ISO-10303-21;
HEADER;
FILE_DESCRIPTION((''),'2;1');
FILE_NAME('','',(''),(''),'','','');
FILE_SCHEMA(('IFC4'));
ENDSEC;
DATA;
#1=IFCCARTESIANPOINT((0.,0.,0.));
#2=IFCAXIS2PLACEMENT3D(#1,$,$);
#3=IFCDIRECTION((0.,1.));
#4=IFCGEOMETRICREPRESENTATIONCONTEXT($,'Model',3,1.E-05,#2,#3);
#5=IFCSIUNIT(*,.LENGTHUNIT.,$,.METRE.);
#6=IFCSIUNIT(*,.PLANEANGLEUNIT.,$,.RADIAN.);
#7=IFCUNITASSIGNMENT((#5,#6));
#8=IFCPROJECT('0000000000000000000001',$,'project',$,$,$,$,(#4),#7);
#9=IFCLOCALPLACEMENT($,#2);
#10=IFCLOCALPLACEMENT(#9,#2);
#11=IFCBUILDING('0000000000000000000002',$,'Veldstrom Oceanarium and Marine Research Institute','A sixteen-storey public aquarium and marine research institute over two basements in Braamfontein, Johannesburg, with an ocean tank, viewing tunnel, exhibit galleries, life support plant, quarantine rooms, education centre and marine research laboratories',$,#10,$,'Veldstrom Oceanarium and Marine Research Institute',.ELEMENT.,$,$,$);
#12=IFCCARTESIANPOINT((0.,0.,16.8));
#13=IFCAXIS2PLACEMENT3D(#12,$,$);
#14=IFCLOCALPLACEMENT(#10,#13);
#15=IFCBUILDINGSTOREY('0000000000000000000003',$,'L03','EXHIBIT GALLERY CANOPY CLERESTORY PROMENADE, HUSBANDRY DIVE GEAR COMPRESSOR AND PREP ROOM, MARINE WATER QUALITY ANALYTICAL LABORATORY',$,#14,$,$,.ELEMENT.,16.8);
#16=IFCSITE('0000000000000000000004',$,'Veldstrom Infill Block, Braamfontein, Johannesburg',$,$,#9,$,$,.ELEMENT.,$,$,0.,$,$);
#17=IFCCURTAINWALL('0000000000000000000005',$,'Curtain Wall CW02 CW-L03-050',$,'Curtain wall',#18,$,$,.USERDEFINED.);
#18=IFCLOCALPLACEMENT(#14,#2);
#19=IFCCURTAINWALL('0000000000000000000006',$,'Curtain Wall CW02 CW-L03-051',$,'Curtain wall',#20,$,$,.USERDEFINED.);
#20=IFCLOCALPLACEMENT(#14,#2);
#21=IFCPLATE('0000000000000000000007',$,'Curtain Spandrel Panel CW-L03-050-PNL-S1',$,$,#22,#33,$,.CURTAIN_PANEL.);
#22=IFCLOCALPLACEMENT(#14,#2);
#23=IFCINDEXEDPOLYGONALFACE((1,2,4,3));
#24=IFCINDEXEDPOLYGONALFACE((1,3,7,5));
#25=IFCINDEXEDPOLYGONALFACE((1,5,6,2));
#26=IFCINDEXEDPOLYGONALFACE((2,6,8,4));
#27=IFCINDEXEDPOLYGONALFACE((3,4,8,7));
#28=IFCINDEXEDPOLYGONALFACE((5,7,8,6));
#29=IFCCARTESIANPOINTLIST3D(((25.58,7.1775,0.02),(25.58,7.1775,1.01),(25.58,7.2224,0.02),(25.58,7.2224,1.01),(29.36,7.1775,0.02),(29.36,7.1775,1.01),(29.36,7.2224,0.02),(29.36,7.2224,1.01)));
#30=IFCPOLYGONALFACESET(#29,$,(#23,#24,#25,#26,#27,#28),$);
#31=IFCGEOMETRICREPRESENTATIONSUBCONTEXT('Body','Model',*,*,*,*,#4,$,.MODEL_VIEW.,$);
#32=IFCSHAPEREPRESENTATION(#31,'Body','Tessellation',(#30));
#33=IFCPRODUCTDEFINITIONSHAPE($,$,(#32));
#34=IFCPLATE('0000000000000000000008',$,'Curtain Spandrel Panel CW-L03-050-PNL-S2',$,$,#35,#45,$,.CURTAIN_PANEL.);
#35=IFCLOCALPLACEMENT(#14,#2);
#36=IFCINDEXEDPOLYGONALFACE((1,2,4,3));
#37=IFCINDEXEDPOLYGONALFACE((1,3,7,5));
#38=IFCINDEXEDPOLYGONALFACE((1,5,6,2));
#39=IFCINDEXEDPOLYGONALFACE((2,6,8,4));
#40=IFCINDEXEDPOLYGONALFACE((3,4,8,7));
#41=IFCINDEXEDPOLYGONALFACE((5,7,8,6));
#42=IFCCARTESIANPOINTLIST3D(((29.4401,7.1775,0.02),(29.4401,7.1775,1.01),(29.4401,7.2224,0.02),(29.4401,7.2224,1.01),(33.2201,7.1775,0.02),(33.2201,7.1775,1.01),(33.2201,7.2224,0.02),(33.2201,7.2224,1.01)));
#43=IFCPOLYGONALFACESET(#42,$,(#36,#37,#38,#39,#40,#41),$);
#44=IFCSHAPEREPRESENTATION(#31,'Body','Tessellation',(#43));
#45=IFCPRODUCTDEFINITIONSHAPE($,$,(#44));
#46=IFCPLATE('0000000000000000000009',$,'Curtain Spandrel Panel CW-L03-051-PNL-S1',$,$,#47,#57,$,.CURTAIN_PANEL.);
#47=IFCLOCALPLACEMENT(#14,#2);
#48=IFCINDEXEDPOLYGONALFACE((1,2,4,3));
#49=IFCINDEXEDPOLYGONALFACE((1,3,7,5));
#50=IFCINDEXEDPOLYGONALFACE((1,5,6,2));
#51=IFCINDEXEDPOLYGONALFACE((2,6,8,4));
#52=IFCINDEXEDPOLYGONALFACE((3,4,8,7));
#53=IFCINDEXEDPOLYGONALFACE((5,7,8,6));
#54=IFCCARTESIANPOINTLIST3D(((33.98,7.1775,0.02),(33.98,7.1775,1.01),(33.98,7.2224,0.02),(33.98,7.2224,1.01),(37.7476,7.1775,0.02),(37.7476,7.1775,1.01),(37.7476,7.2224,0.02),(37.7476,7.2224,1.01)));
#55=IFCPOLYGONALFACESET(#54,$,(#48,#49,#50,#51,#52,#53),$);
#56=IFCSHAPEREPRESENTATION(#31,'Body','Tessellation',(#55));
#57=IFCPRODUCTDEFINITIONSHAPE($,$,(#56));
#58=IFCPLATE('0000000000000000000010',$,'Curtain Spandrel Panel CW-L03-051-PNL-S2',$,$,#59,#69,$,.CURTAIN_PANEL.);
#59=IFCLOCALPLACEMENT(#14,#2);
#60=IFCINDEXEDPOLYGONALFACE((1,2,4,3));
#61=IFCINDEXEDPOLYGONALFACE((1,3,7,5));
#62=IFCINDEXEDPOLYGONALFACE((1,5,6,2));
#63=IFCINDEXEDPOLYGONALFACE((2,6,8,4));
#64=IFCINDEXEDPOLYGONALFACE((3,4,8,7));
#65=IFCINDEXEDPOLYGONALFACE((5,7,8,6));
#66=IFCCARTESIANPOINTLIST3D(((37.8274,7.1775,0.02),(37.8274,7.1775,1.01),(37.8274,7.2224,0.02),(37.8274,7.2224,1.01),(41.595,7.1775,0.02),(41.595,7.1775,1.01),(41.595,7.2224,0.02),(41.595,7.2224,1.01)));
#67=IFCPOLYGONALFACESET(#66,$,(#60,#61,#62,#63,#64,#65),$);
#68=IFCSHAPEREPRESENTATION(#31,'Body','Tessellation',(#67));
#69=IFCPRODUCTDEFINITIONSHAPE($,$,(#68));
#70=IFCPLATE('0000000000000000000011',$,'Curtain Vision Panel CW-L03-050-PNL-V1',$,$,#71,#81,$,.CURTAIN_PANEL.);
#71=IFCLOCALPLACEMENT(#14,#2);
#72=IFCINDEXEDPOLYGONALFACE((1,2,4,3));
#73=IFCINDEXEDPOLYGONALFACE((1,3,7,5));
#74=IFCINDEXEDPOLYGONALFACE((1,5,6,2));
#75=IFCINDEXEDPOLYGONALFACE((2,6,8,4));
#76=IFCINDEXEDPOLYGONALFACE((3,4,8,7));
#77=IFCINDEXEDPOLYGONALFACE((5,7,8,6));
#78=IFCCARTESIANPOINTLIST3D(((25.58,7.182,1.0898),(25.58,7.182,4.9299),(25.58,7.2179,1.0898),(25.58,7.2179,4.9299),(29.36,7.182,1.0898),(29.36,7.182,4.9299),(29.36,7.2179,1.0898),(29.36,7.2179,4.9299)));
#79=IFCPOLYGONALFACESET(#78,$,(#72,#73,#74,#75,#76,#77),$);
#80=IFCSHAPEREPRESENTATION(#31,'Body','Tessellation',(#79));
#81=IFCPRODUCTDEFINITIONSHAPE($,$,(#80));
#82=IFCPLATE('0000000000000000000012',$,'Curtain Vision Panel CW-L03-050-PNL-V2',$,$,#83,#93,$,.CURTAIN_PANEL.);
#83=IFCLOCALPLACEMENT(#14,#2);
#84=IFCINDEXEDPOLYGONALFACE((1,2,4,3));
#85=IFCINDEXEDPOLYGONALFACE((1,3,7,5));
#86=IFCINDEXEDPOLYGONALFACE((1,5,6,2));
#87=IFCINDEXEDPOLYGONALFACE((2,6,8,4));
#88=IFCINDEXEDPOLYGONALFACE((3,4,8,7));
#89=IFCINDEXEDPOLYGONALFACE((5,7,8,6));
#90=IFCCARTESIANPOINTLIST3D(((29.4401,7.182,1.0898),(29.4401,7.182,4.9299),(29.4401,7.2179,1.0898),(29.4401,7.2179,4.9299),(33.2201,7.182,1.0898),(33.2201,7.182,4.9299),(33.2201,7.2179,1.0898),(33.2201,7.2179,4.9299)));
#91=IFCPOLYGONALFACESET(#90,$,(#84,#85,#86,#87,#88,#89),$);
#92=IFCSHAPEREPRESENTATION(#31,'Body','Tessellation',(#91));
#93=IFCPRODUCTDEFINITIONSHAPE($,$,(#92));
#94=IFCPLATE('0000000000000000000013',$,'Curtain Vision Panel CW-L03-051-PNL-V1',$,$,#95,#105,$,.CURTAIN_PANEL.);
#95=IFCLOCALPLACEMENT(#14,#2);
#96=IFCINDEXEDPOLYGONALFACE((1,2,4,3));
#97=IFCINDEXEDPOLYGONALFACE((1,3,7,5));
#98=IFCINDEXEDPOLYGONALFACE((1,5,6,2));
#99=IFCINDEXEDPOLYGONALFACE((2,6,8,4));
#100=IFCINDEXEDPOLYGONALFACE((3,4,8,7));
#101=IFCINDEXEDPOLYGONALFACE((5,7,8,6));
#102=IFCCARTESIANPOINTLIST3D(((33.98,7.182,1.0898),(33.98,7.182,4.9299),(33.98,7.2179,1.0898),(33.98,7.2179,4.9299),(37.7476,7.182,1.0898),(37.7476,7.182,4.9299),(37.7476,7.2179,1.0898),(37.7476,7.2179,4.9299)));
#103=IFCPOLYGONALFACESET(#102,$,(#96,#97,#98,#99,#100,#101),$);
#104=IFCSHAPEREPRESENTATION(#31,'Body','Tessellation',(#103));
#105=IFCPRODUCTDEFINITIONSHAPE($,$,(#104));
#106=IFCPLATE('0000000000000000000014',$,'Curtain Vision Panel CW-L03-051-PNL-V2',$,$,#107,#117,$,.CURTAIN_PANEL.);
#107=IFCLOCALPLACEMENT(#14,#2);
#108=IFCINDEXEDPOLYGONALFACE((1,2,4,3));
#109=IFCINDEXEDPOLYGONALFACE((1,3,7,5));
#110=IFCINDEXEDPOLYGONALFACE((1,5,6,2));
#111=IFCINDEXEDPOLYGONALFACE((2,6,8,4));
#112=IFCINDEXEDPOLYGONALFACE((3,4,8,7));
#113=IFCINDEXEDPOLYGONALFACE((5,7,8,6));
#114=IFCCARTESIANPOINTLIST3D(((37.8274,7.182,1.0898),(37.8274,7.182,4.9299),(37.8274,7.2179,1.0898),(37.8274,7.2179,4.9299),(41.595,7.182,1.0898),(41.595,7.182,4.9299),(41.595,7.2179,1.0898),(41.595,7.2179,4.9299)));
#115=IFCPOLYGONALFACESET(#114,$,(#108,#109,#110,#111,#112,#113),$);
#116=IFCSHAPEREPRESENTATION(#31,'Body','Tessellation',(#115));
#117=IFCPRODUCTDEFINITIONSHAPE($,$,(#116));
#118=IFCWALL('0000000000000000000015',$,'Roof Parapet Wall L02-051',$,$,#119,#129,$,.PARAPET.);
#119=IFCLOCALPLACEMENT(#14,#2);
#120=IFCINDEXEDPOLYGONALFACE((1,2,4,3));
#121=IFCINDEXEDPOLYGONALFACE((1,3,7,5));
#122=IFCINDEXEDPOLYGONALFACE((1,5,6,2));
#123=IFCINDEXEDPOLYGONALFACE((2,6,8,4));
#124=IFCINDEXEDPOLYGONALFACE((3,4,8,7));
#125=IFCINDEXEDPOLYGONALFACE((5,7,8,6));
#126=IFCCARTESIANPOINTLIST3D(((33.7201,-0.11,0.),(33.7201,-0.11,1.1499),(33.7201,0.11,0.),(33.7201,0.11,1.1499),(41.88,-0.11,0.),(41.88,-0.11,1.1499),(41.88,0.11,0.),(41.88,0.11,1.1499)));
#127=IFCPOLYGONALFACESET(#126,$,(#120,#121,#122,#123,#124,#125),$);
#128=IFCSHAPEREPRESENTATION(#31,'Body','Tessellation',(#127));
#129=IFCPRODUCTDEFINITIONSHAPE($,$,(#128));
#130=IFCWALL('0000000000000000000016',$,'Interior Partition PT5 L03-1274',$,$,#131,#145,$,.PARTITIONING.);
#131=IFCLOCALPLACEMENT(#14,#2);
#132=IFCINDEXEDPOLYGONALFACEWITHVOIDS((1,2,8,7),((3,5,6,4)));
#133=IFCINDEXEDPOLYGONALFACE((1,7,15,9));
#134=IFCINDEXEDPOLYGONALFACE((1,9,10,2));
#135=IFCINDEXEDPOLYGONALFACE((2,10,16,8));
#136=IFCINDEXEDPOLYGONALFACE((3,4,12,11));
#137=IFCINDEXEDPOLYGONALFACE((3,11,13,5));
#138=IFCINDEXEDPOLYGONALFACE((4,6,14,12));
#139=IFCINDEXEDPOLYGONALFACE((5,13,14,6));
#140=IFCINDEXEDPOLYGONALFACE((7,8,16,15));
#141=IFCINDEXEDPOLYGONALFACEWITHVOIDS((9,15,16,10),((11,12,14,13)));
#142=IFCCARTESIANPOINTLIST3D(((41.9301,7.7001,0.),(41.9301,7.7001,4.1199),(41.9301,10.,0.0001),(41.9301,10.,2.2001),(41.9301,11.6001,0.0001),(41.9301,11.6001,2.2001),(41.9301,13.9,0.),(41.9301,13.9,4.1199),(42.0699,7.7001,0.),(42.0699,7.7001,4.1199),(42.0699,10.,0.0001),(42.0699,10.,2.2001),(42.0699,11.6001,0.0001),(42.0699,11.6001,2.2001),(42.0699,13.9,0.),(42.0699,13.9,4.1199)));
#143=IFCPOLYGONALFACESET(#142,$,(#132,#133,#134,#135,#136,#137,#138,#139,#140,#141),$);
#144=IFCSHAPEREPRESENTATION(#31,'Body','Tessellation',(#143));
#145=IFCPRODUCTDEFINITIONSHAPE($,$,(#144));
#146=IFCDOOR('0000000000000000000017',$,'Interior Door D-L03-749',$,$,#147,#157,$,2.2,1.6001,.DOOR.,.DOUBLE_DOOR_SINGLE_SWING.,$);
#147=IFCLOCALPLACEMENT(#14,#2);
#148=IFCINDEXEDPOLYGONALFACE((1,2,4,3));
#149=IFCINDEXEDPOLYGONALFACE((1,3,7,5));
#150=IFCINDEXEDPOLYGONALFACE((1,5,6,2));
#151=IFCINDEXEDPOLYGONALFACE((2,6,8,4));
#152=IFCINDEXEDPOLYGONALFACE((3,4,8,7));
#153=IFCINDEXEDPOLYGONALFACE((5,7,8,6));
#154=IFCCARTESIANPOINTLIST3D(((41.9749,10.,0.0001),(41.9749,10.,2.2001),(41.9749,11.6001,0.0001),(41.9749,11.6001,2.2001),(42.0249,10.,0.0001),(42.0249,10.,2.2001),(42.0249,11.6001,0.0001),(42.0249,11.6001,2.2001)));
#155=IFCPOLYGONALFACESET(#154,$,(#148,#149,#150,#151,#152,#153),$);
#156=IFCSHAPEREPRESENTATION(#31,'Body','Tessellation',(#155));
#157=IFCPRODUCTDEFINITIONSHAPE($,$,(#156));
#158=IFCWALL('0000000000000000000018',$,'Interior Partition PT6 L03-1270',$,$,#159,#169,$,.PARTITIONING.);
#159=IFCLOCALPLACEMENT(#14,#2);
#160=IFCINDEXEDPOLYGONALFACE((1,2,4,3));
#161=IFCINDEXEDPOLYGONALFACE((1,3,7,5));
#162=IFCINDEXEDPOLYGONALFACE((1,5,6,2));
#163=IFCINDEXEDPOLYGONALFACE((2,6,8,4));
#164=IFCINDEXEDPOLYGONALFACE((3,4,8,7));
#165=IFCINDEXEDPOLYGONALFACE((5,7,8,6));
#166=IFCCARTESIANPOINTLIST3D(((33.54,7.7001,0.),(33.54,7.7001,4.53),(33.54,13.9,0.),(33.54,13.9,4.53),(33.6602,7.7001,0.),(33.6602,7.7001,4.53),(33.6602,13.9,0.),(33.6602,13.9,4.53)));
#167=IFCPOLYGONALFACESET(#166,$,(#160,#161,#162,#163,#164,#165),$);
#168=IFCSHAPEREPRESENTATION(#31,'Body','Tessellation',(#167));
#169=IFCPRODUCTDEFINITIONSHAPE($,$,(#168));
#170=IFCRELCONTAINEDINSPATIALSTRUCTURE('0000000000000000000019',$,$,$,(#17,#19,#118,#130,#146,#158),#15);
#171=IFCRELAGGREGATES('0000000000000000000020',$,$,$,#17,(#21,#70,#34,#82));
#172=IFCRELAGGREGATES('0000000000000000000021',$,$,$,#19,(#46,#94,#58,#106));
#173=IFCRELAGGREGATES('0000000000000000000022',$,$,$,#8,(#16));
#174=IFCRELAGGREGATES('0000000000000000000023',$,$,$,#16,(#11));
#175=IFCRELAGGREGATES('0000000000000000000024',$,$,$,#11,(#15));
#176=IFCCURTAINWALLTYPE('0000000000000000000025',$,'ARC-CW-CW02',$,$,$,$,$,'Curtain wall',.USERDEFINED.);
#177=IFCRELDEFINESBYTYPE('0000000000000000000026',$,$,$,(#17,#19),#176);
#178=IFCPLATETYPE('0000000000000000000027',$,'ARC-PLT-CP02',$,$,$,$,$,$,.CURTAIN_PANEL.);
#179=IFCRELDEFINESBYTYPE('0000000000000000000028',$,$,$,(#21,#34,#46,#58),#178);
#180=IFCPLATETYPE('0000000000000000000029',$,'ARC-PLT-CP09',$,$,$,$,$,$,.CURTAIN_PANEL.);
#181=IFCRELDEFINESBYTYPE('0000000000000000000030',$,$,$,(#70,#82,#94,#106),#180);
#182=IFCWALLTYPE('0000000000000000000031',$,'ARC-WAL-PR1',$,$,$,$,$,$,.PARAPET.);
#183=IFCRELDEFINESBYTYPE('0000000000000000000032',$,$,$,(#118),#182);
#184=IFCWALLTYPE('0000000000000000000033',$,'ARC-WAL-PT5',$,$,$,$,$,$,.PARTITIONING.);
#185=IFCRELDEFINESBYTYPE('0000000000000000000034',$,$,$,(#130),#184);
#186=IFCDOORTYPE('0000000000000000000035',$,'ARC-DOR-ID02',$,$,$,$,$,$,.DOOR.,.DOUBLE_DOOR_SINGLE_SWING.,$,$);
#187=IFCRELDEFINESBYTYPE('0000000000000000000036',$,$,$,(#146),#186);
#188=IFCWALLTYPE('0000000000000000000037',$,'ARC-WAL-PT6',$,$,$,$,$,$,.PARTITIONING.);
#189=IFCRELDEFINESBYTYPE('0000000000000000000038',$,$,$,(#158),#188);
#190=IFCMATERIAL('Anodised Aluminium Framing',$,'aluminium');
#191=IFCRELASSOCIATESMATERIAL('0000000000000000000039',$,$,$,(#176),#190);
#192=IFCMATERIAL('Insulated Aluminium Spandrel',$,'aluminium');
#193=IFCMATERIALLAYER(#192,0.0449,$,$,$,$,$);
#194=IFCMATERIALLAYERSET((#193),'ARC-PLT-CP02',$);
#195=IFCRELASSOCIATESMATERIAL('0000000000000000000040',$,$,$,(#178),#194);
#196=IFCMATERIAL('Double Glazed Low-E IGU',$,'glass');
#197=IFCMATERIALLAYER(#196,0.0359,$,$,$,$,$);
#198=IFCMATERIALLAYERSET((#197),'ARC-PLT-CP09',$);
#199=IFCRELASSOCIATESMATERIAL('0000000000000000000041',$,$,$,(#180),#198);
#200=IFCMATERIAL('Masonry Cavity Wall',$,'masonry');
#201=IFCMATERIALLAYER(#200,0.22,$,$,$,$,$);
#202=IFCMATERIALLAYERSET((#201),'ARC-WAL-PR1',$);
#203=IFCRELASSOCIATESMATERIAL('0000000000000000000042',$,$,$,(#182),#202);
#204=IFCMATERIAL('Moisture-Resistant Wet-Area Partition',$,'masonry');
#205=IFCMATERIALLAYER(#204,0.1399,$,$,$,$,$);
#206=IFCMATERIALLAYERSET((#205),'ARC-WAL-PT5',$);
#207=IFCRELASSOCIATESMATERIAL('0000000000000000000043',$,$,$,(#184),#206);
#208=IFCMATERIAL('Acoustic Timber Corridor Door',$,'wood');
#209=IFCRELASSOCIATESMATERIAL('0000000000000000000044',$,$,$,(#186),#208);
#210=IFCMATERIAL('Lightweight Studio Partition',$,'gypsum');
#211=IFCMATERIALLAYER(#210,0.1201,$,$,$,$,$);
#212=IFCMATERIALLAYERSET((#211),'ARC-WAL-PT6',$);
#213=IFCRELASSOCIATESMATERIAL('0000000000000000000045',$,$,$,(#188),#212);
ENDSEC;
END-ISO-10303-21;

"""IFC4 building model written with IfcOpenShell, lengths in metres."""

from ifc_helpers import new_model, si_unit, direction, frame, frame_2d, origin, origin_2d, place, context, subcontext, project, spatial, rectangle, extrude, material, layer, layer_set, type_object, element, fill, aggregate, save


model = new_model("IFC4")

# Units and contexts
model_context = context("Model", 3, precision=1e-05, world=origin(), true_north=direction((0.0, 1.0)))
body_context = subcontext(model_context, "Body", "Model", "MODEL_VIEW")
ifc_project = project(units=[si_unit("LENGTHUNIT", "METRE"), si_unit("PLANEANGLEUNIT", "RADIAN")], contexts=[model_context])

# Site, building, storey
site_placement = place(None, origin())
site = spatial("IfcSite", under=ifc_project, at=site_placement, Name="Veldstrom Infill Block, Braamfontein, Johannesburg", CompositionType="ELEMENT", RefElevation=0.0)
building_placement = place(site_placement, origin())
building = spatial("IfcBuilding", under=site, at=building_placement, Name="Veldstrom Oceanarium and Marine Research Institute", Description="A sixteen-storey public aquarium and marine research institute over two basements in Braamfontein, Johannesburg, with an ocean tank, viewing tunnel, exhibit galleries, life support plant, quarantine rooms, education centre and marine research laboratories", LongName="Veldstrom Oceanarium and Marine Research Institute", CompositionType="ELEMENT")
storey_placement = place(building_placement, frame((0.0, 0.0, 16.8)))
storey = spatial("IfcBuildingStorey", under=building, at=storey_placement, Name="L03", Description="EXHIBIT GALLERY CANOPY CLERESTORY PROMENADE, HUSBANDRY DIVE GEAR COMPRESSOR AND PREP ROOM, MARINE WATER QUALITY ANALYTICAL LABORATORY", CompositionType="ELEMENT", Elevation=16.8)

# Curtain walls
ifc_material_1 = material(Name="Anodised Aluminium Framing", Category="aluminium")
curtain_wall_type = type_object("IfcCurtainWallType", Name="ARC-CW-CW02", ElementType="Curtain wall", PredefinedType="USERDEFINED", material=ifc_material_1)
curtain_wall_1_placement = place(storey_placement, origin())
curtain_wall_1 = element("IfcCurtainWall", 1, at=curtain_wall_1_placement, inside=storey, type_object=curtain_wall_type, Name="Curtain Wall CW02 CW-L03-050", ObjectType="Curtain wall", PredefinedType="USERDEFINED")
curtain_wall_2_placement = place(storey_placement, origin())
curtain_wall_2 = element("IfcCurtainWall", 2, at=curtain_wall_2_placement, inside=storey, type_object=curtain_wall_type, Name="Curtain Wall CW02 CW-L03-051", ObjectType="Curtain wall", PredefinedType="USERDEFINED")

# Plates
ifc_material_2 = material(Name="Insulated Aluminium Spandrel", Category="aluminium")
ifc_layer_1 = layer(ifc_material_2, 0.0449)
ifc_layer_set_1 = layer_set([ifc_layer_1], Name="ARC-PLT-CP02")
plate_type_1 = type_object("IfcPlateType", Name="ARC-PLT-CP02", PredefinedType="CURTAIN_PANEL", material=ifc_layer_set_1)
plate_1_placement = place(storey_placement, frame((27.47, 7.2, 0.02), z_axis=(0.0, 0.0, 1.0), x_axis=(1.0, 0.0, 0.0)))
plate_1 = element("IfcPlate", 3, at=plate_1_placement, type_object=plate_type_1, Name="Curtain Spandrel Panel CW-L03-050-PNL-S1", PredefinedType="CURTAIN_PANEL", context=body_context, shape_type="SweptSolid", body=[
    extrude(rectangle(XDim=3.78, YDim=0.0449, at=origin_2d()), origin(), (0.0, 0.0, 1.0), 0.99),
])
plate_2_placement = place(storey_placement, frame((31.3301, 7.2, 0.02), z_axis=(0.0, 0.0, 1.0), x_axis=(1.0, 0.0, 0.0)))
plate_2 = element("IfcPlate", 4, at=plate_2_placement, type_object=plate_type_1, Name="Curtain Spandrel Panel CW-L03-050-PNL-S2", PredefinedType="CURTAIN_PANEL", context=body_context, shape_type="SweptSolid", body=[
    extrude(rectangle(XDim=3.78, YDim=0.0449, at=origin_2d()), origin(), (0.0, 0.0, 1.0), 0.99),
])
plate_3_placement = place(storey_placement, frame((35.8638, 7.2, 0.02), z_axis=(0.0, 0.0, 1.0), x_axis=(1.0, 0.0, 0.0)))
plate_3 = element("IfcPlate", 5, at=plate_3_placement, type_object=plate_type_1, Name="Curtain Spandrel Panel CW-L03-051-PNL-S1", PredefinedType="CURTAIN_PANEL", context=body_context, shape_type="SweptSolid", body=[
    extrude(rectangle(XDim=3.7676, YDim=0.0449, at=origin_2d()), origin(), (0.0, 0.0, 1.0), 0.99),
])
plate_4_placement = place(storey_placement, frame((39.7112, 7.2, 0.02), z_axis=(0.0, 0.0, 1.0), x_axis=(1.0, 0.0, 0.0)))
plate_4 = element("IfcPlate", 6, at=plate_4_placement, type_object=plate_type_1, Name="Curtain Spandrel Panel CW-L03-051-PNL-S2", PredefinedType="CURTAIN_PANEL", context=body_context, shape_type="SweptSolid", body=[
    extrude(rectangle(XDim=3.7676, YDim=0.0449, at=origin_2d()), origin(), (0.0, 0.0, 1.0), 0.99),
])
ifc_material_3 = material(Name="Double Glazed Low-E IGU", Category="glass")
ifc_layer_2 = layer(ifc_material_3, 0.0359)
ifc_layer_set_2 = layer_set([ifc_layer_2], Name="ARC-PLT-CP09")
plate_type_2 = type_object("IfcPlateType", Name="ARC-PLT-CP09", PredefinedType="CURTAIN_PANEL", material=ifc_layer_set_2)
plate_5_placement = place(storey_placement, frame((27.47, 7.2, 1.0898), z_axis=(0.0, 0.0, 1.0), x_axis=(1.0, 0.0, 0.0)))
plate_5 = element("IfcPlate", 7, at=plate_5_placement, type_object=plate_type_2, Name="Curtain Vision Panel CW-L03-050-PNL-V1", PredefinedType="CURTAIN_PANEL", context=body_context, shape_type="SweptSolid", body=[
    extrude(rectangle(XDim=3.78, YDim=0.0359, at=origin_2d()), origin(), (0.0, 0.0, 1.0), 3.8401),
])
plate_6_placement = place(storey_placement, frame((31.3301, 7.2, 1.0898), z_axis=(0.0, 0.0, 1.0), x_axis=(1.0, 0.0, 0.0)))
plate_6 = element("IfcPlate", 8, at=plate_6_placement, type_object=plate_type_2, Name="Curtain Vision Panel CW-L03-050-PNL-V2", PredefinedType="CURTAIN_PANEL", context=body_context, shape_type="SweptSolid", body=[
    extrude(rectangle(XDim=3.78, YDim=0.0359, at=origin_2d()), origin(), (0.0, 0.0, 1.0), 3.8401),
])
aggregate(curtain_wall_1, [plate_1, plate_5, plate_2, plate_6])
plate_7_placement = place(storey_placement, frame((35.8638, 7.2, 1.0898), z_axis=(0.0, 0.0, 1.0), x_axis=(1.0, 0.0, 0.0)))
plate_7 = element("IfcPlate", 9, at=plate_7_placement, type_object=plate_type_2, Name="Curtain Vision Panel CW-L03-051-PNL-V1", PredefinedType="CURTAIN_PANEL", context=body_context, shape_type="SweptSolid", body=[
    extrude(rectangle(XDim=3.7676, YDim=0.0359, at=origin_2d()), origin(), (0.0, 0.0, 1.0), 3.8401),
])
plate_8_placement = place(storey_placement, frame((39.7112, 7.2, 1.0898), z_axis=(0.0, 0.0, 1.0), x_axis=(1.0, 0.0, 0.0)))
plate_8 = element("IfcPlate", 10, at=plate_8_placement, type_object=plate_type_2, Name="Curtain Vision Panel CW-L03-051-PNL-V2", PredefinedType="CURTAIN_PANEL", context=body_context, shape_type="SweptSolid", body=[
    extrude(rectangle(XDim=3.7676, YDim=0.0359, at=origin_2d()), origin(), (0.0, 0.0, 1.0), 3.8401),
])
aggregate(curtain_wall_2, [plate_3, plate_7, plate_4, plate_8])

# Wall
ifc_material_4 = material(Name="Masonry Cavity Wall", Category="masonry")
ifc_layer_3 = layer(ifc_material_4, 0.22)
ifc_layer_set_3 = layer_set([ifc_layer_3], Name="ARC-WAL-PR1")
wall_type_1 = type_object("IfcWallType", Name="ARC-WAL-PR1", PredefinedType="PARAPET", material=ifc_layer_set_3)
wall_1_placement = place(storey_placement, frame((33.72, 0.0, 0.0), z_axis=(0.0, 0.0, 1.0), x_axis=(1.0, 0.0, 0.0)))
element("IfcWall", 11, at=wall_1_placement, inside=storey, type_object=wall_type_1, Name="Roof Parapet Wall L02-051", PredefinedType="PARAPET", context=body_context, shape_type="SweptSolid", body=[
    extrude(rectangle(XDim=8.1599, YDim=0.22, at=frame_2d((4.0801, 0.0))), origin(), (0.0, 0.0, 1.0), 1.1499),
])

# Wall, opening, door
ifc_material_5 = material(Name="Moisture-Resistant Wet-Area Partition", Category="masonry")
ifc_layer_4 = layer(ifc_material_5, 0.1399)
ifc_layer_set_4 = layer_set([ifc_layer_4], Name="ARC-WAL-PT5")
wall_type_2 = type_object("IfcWallType", Name="ARC-WAL-PT5", PredefinedType="PARTITIONING", material=ifc_layer_set_4)
wall_2_placement = place(storey_placement, frame((42.0, 7.7, 0.0), z_axis=(0.0, 0.0, 1.0), x_axis=(0.0, 1.0, 0.0)))
wall_2 = element("IfcWall", 12, at=wall_2_placement, inside=storey, type_object=wall_type_2, Name="Interior Partition PT5 L03-1274", PredefinedType="PARTITIONING", context=body_context, shape_type="SweptSolid", body=[
    extrude(rectangle(XDim=6.2, YDim=0.1399, at=frame_2d((3.1001, 0.0))), origin(), (0.0, 0.0, 1.0), 4.1199),
])
opening_placement = place(wall_2_placement, frame((2.3, 0.0, 0.0)))
opening = element("IfcOpeningElement", 13, at=opening_placement, cuts=wall_2, PredefinedType="OPENING", context=body_context, shape_type="SweptSolid", body=[
    extrude(rectangle(XDim=1.6001, YDim=2.2, at=frame_2d((0.8, 1.1001))), frame((0.0, 0.0798, 0.0), z_axis=(0.0, -1.0, 0.0), x_axis=(1.0, 0.0, 0.0)), (0.0, 0.0, 1.0), 0.1599),
])
ifc_material_6 = material(Name="Acoustic Timber Corridor Door", Category="wood")
door_type = type_object("IfcDoorType", Name="ARC-DOR-ID02", OperationType="DOUBLE_DOOR_SINGLE_SWING", PredefinedType="DOOR", material=ifc_material_6)
door_placement = place(opening_placement, frame((1.6001, 0.0, 0.0), z_axis=(0.0, 0.0, 1.0), x_axis=(-1.0, 0.0, 0.0)))
door = element("IfcDoor", 14, at=door_placement, inside=storey, type_object=door_type, Name="Interior Door D-L03-749", OperationType="DOUBLE_DOOR_SINGLE_SWING", OverallHeight=2.2, OverallWidth=1.6001, PredefinedType="DOOR", context=body_context, shape_type="SweptSolid", body=[
    extrude(rectangle(XDim=1.6001, YDim=2.2, at=frame_2d((0.8, 1.1001))), frame((0.0, 0.0249, 0.0), z_axis=(0.0, -1.0, 0.0), x_axis=(1.0, 0.0, 0.0)), (0.0, 0.0, 1.0), 0.05),
])
fill(opening, door)

# Wall
ifc_material_7 = material(Name="Lightweight Studio Partition", Category="gypsum")
ifc_layer_5 = layer(ifc_material_7, 0.1201)
ifc_layer_set_5 = layer_set([ifc_layer_5], Name="ARC-WAL-PT6")
wall_type_3 = type_object("IfcWallType", Name="ARC-WAL-PT6", PredefinedType="PARTITIONING", material=ifc_layer_set_5)
wall_3_placement = place(storey_placement, frame((33.6001, 7.7, 0.0), z_axis=(0.0, 0.0, 1.0), x_axis=(0.0, 1.0, 0.0)))
element("IfcWall", 15, at=wall_3_placement, inside=storey, type_object=wall_type_3, Name="Interior Partition PT6 L03-1270", PredefinedType="PARTITIONING", context=body_context, shape_type="SweptSolid", body=[
    extrude(rectangle(XDim=6.2, YDim=0.1201, at=frame_2d((3.1001, 0.0))), origin(), (0.0, 0.0, 1.0), 4.53),
])

save(model, "model.ifc")
